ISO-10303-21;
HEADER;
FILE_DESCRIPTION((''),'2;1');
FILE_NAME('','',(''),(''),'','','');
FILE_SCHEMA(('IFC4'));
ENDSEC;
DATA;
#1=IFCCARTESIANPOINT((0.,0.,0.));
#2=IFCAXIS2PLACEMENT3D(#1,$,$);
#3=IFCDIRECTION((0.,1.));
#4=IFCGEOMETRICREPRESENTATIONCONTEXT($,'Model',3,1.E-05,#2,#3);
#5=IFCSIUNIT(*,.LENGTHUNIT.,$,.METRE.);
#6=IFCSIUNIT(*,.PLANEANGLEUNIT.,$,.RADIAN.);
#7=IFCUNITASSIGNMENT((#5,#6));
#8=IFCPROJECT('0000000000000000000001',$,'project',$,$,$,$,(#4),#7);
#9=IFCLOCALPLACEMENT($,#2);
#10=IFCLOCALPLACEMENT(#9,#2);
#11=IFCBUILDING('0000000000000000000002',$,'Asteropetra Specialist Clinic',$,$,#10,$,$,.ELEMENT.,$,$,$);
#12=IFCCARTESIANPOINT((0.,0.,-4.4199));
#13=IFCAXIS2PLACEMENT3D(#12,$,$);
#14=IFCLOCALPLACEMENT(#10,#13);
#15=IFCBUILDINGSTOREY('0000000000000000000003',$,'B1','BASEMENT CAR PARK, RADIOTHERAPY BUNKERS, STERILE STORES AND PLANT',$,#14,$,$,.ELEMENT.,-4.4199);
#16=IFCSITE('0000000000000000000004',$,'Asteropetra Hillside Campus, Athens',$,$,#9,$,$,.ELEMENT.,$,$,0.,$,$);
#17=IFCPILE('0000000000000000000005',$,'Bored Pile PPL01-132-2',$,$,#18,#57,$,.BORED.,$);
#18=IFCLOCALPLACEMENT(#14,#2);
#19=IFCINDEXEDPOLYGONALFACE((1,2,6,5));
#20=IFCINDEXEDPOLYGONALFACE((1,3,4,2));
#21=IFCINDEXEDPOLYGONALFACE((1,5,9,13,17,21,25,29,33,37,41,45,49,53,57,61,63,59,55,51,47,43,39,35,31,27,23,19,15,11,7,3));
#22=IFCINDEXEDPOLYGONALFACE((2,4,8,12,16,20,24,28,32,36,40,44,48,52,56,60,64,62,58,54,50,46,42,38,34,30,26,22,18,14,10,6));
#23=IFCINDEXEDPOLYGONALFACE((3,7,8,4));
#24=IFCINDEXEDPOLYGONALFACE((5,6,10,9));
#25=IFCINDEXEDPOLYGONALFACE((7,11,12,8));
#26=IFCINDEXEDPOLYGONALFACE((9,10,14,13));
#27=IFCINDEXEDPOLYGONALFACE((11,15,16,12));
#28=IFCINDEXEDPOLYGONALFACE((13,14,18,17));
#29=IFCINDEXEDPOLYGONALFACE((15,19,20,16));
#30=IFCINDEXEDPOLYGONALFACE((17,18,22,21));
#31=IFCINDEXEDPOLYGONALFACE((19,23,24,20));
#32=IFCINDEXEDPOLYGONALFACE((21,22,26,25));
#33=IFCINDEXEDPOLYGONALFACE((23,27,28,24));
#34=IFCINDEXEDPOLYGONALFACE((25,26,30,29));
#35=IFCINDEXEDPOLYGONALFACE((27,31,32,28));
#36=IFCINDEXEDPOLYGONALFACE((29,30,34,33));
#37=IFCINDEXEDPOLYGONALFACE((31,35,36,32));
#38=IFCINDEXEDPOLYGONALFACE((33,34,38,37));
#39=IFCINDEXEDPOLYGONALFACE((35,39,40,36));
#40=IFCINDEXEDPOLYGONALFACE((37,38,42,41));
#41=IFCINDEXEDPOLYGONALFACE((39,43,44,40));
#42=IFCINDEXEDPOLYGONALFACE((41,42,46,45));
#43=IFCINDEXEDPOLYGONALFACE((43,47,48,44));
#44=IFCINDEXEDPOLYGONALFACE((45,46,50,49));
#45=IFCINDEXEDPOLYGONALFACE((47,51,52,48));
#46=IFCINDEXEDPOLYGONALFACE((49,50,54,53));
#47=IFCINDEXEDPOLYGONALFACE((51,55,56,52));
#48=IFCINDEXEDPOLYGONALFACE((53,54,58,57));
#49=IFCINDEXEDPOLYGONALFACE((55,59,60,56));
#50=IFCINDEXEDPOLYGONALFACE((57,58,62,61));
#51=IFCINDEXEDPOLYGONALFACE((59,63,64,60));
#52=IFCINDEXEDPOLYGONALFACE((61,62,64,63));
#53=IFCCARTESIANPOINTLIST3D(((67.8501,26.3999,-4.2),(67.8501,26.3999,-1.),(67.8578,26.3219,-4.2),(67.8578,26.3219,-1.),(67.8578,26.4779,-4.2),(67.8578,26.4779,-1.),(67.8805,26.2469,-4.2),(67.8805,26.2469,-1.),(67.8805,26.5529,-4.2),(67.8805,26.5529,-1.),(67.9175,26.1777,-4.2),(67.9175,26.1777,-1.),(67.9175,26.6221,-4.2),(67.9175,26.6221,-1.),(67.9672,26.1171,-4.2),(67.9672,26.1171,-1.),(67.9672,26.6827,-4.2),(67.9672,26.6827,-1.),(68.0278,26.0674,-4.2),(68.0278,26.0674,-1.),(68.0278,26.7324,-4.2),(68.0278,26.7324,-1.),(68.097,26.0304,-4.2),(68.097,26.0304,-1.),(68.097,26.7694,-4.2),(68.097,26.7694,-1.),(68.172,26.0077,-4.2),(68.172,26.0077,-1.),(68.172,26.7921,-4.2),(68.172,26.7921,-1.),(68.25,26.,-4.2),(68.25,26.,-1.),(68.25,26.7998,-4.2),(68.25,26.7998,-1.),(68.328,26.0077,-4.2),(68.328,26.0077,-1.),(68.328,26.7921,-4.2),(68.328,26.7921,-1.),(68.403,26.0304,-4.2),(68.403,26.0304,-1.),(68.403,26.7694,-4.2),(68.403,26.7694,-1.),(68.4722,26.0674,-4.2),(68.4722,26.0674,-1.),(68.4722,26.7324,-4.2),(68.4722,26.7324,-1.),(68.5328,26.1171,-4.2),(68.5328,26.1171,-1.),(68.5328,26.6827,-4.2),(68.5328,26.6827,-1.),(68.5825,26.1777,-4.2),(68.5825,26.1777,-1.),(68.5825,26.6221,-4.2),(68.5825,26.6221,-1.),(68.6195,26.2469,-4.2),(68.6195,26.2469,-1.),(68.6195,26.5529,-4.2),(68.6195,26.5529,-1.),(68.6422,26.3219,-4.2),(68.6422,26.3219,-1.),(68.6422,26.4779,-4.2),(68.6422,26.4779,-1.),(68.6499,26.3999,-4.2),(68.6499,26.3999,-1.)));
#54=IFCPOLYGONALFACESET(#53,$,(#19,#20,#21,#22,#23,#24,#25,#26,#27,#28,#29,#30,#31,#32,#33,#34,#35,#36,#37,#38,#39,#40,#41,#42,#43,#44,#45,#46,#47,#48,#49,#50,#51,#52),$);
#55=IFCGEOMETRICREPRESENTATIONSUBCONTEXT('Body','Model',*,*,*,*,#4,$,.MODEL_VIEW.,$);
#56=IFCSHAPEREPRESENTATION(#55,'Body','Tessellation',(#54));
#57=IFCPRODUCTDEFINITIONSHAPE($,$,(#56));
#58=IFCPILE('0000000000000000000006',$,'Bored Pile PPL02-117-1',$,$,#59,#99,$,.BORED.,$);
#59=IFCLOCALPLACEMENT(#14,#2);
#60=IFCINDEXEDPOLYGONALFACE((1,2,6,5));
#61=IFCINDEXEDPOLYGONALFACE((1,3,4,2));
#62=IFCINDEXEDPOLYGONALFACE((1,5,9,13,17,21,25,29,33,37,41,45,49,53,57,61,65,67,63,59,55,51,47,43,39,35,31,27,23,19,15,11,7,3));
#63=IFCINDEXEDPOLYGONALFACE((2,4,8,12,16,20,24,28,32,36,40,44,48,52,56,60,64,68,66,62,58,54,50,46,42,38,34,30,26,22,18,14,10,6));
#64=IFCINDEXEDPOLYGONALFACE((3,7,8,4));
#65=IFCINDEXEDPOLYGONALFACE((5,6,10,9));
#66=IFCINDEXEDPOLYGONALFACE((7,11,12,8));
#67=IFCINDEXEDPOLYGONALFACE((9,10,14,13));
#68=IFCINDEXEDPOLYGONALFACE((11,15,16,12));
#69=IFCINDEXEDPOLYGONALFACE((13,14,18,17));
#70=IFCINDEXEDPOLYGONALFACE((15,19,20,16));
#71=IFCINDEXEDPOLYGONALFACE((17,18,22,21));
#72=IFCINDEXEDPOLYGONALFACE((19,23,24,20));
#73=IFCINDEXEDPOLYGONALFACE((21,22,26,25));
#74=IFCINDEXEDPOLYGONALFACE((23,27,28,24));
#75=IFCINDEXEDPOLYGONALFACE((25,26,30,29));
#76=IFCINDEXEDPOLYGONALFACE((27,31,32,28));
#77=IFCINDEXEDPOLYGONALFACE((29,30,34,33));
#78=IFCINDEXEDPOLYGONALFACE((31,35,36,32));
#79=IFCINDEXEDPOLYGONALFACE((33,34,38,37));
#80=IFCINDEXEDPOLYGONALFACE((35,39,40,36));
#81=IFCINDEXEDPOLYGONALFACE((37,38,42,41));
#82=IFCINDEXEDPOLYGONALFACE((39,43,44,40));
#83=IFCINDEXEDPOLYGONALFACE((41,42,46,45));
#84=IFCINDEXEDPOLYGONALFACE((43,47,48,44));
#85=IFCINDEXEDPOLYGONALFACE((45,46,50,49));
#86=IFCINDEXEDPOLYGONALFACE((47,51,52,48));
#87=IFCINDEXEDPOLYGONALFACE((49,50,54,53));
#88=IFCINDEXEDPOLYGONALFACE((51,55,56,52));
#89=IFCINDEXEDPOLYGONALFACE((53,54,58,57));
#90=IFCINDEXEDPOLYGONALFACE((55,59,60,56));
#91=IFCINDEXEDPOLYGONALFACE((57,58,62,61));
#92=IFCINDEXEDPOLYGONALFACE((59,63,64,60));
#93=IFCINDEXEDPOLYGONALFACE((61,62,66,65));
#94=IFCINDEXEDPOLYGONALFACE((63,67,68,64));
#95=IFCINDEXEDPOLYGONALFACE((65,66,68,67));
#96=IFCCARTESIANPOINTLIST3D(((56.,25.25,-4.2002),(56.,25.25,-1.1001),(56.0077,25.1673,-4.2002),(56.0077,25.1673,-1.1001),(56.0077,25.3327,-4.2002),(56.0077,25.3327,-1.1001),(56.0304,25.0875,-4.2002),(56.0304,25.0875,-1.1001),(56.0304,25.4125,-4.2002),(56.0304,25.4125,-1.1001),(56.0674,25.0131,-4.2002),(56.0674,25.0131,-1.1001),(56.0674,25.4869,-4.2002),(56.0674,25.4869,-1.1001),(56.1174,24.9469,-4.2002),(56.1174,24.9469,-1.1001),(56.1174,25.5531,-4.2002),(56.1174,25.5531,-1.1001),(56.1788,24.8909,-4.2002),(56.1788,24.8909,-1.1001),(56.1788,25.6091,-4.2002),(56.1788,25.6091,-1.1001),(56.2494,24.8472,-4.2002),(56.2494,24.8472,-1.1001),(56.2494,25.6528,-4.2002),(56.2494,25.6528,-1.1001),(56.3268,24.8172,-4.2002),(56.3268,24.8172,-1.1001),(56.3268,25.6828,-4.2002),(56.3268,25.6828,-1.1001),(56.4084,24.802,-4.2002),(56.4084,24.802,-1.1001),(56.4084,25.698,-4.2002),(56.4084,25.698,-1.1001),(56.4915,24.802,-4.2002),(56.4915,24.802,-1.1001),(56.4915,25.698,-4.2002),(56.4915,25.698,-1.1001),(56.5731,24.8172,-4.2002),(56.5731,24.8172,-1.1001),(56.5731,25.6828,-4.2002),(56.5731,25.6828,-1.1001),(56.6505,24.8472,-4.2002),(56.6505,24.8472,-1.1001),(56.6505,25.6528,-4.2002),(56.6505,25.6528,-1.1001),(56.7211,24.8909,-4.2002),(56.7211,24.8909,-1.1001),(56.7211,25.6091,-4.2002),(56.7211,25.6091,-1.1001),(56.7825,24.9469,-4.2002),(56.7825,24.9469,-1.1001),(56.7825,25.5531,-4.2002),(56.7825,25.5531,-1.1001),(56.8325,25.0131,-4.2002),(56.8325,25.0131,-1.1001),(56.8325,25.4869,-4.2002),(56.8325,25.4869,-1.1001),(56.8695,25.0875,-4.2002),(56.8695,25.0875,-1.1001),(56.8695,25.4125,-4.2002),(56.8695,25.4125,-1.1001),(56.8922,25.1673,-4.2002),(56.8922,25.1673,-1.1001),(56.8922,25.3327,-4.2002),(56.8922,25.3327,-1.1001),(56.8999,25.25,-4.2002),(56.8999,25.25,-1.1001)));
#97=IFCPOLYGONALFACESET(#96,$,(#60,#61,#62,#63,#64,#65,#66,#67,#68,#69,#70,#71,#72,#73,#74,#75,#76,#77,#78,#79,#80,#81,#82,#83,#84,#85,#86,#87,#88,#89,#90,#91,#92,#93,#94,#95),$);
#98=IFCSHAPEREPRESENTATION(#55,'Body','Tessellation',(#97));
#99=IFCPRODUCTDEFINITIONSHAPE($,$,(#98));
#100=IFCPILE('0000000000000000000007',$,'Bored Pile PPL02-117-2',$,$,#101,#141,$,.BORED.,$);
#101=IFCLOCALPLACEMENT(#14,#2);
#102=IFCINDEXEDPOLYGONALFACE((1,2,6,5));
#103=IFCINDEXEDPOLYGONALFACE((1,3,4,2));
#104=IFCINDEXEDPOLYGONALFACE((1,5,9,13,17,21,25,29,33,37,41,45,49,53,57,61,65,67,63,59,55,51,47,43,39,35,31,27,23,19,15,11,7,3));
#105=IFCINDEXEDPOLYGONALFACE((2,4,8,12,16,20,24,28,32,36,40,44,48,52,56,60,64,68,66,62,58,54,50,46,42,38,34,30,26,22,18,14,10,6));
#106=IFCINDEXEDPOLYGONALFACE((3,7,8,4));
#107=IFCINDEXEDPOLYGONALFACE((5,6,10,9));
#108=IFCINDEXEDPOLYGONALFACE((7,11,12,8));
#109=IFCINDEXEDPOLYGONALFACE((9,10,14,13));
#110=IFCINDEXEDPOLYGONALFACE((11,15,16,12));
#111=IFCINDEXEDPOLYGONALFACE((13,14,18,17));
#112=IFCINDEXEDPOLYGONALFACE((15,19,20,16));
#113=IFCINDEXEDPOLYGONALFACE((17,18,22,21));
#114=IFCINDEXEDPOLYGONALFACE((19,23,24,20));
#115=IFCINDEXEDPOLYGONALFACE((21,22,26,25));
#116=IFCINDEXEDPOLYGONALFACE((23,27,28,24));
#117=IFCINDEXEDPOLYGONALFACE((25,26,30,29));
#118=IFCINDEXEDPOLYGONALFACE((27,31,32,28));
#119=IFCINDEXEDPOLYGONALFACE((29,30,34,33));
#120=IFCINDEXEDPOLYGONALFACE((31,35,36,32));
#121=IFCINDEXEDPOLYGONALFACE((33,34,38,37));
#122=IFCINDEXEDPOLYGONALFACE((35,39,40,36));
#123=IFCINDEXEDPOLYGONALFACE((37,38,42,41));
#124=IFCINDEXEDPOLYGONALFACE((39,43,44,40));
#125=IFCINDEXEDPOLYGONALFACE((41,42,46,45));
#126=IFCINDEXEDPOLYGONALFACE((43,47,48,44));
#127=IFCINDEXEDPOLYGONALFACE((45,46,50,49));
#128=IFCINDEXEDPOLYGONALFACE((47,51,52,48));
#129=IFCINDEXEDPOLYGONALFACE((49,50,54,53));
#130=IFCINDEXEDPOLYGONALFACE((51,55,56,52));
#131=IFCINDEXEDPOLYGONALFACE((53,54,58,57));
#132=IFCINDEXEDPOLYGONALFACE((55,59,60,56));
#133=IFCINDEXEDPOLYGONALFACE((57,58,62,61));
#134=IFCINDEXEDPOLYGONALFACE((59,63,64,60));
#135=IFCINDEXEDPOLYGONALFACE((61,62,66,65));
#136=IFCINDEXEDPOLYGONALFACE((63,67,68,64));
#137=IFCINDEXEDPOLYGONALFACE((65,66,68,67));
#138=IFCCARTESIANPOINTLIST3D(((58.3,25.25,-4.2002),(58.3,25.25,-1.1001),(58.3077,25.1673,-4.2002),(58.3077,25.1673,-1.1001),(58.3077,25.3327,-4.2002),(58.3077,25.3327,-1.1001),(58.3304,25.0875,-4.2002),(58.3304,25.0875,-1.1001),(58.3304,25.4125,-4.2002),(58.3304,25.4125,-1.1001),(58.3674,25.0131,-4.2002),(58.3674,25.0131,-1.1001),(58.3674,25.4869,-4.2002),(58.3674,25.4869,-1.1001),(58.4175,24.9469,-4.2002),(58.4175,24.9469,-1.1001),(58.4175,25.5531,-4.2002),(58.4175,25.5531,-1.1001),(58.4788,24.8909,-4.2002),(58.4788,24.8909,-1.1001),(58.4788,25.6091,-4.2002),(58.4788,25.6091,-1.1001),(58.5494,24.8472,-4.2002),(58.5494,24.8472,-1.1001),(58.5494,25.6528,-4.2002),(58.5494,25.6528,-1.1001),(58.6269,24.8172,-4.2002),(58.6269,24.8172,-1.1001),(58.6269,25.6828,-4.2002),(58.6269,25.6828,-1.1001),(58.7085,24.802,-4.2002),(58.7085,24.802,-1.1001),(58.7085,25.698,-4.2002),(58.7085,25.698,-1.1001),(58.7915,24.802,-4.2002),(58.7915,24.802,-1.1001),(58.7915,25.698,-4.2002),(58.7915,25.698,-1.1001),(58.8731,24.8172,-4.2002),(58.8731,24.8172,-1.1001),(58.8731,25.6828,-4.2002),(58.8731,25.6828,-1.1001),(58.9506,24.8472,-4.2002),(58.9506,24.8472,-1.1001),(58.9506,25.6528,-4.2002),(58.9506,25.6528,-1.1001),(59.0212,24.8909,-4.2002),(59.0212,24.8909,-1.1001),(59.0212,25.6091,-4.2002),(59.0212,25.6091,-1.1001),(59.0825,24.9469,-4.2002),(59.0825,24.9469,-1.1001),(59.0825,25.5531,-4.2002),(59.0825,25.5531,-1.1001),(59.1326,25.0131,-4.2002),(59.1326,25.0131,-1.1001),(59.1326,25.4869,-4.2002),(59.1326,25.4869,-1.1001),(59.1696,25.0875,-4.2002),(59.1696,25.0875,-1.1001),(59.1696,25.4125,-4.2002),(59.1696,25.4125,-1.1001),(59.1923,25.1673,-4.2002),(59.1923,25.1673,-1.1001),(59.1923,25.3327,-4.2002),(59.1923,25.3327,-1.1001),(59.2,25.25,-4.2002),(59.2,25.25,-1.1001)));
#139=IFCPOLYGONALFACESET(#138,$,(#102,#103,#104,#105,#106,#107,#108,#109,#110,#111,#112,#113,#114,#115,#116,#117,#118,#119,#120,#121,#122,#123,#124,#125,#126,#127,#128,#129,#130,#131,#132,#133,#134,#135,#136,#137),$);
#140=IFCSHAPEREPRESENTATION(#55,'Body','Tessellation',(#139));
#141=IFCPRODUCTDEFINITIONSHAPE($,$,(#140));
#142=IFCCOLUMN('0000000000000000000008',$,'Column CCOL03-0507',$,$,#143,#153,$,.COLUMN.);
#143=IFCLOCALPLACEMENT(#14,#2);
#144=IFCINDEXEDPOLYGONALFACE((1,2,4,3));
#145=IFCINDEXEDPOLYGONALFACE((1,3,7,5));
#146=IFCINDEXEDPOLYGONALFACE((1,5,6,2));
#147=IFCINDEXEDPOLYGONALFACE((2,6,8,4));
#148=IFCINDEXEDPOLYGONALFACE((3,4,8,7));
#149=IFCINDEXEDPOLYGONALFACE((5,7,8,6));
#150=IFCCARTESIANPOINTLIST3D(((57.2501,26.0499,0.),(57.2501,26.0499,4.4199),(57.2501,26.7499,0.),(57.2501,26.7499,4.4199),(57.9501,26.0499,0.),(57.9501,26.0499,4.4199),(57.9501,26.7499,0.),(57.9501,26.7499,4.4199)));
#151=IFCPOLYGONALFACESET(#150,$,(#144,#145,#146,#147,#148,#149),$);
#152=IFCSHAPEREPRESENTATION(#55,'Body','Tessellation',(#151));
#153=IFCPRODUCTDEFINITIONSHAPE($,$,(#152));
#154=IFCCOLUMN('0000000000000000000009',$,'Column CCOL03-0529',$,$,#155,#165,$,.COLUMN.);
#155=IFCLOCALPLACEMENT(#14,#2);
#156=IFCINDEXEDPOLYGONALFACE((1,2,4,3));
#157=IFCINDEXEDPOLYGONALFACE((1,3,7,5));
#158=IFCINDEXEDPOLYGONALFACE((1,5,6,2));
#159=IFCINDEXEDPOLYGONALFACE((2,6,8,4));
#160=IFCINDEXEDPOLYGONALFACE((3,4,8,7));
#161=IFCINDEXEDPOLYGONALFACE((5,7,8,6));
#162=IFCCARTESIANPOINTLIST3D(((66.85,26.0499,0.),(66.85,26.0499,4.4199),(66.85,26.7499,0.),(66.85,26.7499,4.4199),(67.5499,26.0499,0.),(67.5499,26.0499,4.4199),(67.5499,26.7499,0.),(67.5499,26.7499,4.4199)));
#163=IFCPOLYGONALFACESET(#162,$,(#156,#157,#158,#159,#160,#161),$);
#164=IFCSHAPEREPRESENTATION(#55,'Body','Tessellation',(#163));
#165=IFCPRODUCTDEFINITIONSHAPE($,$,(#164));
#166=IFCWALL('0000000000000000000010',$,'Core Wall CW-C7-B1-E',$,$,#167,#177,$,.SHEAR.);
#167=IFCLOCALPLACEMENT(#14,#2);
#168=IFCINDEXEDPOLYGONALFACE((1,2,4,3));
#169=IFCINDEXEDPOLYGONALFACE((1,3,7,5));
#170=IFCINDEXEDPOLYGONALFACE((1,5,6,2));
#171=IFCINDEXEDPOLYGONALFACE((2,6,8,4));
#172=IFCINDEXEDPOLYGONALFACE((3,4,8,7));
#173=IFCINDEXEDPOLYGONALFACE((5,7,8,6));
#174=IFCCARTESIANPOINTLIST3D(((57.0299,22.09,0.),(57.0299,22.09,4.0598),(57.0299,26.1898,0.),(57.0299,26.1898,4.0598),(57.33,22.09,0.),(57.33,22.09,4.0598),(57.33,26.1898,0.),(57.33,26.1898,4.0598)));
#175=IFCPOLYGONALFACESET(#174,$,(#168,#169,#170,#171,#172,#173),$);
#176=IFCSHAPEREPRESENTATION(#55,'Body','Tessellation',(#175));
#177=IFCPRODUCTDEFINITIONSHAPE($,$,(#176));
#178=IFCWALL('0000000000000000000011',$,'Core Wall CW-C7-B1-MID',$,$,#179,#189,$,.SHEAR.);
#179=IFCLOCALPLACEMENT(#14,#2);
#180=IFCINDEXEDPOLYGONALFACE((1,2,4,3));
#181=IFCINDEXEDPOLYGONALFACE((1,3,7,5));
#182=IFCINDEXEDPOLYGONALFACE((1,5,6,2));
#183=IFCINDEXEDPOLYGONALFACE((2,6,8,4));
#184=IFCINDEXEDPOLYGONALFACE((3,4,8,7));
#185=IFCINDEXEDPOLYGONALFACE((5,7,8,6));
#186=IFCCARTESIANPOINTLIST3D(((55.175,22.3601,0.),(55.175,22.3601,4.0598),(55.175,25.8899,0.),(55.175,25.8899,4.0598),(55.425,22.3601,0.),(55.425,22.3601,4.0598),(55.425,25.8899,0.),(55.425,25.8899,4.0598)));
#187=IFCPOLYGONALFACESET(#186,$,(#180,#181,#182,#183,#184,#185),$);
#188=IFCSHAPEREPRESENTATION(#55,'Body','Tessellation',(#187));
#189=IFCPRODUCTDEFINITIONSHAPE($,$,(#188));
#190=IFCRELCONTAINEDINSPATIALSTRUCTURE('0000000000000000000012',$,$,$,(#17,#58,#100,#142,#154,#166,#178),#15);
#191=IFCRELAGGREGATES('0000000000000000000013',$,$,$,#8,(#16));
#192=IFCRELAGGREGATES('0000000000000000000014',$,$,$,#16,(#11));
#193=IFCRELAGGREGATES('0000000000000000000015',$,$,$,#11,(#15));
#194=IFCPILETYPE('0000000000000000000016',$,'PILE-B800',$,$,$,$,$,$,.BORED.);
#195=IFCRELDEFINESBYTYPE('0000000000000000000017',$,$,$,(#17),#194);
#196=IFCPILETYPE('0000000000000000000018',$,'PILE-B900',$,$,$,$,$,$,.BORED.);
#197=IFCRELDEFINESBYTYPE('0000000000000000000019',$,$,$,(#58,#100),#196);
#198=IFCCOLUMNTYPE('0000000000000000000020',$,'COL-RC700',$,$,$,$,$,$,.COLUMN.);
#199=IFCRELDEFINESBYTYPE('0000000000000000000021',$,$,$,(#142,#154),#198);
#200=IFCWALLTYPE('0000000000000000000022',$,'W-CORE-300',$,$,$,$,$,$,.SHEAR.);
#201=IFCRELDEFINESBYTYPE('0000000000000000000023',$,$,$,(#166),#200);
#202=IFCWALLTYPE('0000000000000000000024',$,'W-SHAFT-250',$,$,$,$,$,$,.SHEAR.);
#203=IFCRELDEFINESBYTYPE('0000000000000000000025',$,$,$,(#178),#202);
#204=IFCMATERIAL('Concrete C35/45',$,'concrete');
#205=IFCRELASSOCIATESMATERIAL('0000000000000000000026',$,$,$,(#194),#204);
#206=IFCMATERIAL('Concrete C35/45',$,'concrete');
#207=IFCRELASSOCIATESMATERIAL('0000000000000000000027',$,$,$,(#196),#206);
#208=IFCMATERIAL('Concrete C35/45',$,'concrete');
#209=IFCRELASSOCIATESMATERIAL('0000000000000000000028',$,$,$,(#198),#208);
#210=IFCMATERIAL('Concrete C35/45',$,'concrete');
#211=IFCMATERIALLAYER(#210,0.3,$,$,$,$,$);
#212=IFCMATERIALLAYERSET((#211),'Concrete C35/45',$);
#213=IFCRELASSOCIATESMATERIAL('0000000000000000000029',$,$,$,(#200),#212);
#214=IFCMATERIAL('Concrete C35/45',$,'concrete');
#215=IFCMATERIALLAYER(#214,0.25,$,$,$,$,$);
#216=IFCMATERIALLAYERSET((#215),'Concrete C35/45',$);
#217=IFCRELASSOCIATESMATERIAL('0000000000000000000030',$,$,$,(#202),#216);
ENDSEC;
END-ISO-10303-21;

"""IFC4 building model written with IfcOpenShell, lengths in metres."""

from ifc_helpers import new_model, si_unit, direction, frame, frame_2d, origin, origin_2d, place, context, subcontext, project, spatial, rectangle, circle, extrude, material, layer, layer_set, material_profile, profile_set, type_object, element, save


model = new_model("IFC4")

# Units and contexts
model_context = context("Model", 3, precision=1e-05, world=origin(), true_north=direction((0.0, 1.0)))
body_context = subcontext(model_context, "Body", "Model", "MODEL_VIEW")
ifc_project = project(units=[si_unit("LENGTHUNIT", "METRE"), si_unit("PLANEANGLEUNIT", "RADIAN")], contexts=[model_context])

# Site, building, storey
site_placement = place(None, origin())
site = spatial("IfcSite", under=ifc_project, at=site_placement, Name="Asteropetra Hillside Campus, Athens", CompositionType="ELEMENT", RefElevation=0.0)
building_placement = place(site_placement, origin())
building = spatial("IfcBuilding", under=site, at=building_placement, Name="Asteropetra Specialist Clinic", CompositionType="ELEMENT")
storey_placement = place(building_placement, frame((0.0, 0.0, -4.4199)))
storey = spatial("IfcBuildingStorey", under=building, at=storey_placement, Name="B1", Description="BASEMENT CAR PARK, RADIOTHERAPY BUNKERS, STERILE STORES AND PLANT", CompositionType="ELEMENT", Elevation=-4.4199)

# Piles
ifc_material_1 = material(Name="Concrete C35/45", Category="concrete")
ifc_material_profile_1 = material_profile(ifc_material_1, circle(Radius=0.3999, at=origin_2d()), Name="PILE D800")
ifc_profile_set_1 = profile_set([ifc_material_profile_1], Name="Concrete C35/45")
pile_type_1 = type_object("IfcPileType", Name="PILE-B800", PredefinedType="BORED", material=ifc_profile_set_1)
for number, where, z_axis, x_axis, name in (
    (1, (68.25, 26.3999, -1.0), (0.0, 0.0, -1.0), (1.0, 0.0, 0.0), "Bored Pile PPL01-132-2"),
):
    element("IfcPile", number, at=place(storey_placement, frame(where, z_axis=z_axis, x_axis=x_axis)), inside=storey, type_object=pile_type_1, Name=name, PredefinedType="BORED", context=body_context, shape_type="SweptSolid", body=[
        extrude(circle(Radius=0.3999, at=origin_2d()), origin(), (0.0, 0.0, 1.0), 3.2),
    ])
ifc_material_2 = material(Name="Concrete C35/45", Category="concrete")
ifc_material_profile_2 = material_profile(ifc_material_2, circle(Radius=0.45, at=origin_2d()), Name="PILE D900")
ifc_profile_set_2 = profile_set([ifc_material_profile_2], Name="Concrete C35/45")
pile_type_2 = type_object("IfcPileType", Name="PILE-B900", PredefinedType="BORED", material=ifc_profile_set_2)
for number, where, z_axis, x_axis, name in (
    (2, (56.45, 25.25, -1.1001), (0.0, 0.0, -1.0), (1.0, 0.0, 0.0), "Bored Pile PPL02-117-1"),
    (3, (58.75, 25.25, -1.1001), (0.0, 0.0, -1.0), (1.0, 0.0, 0.0), "Bored Pile PPL02-117-2"),
):
    element("IfcPile", number, at=place(storey_placement, frame(where, z_axis=z_axis, x_axis=x_axis)), inside=storey, type_object=pile_type_2, Name=name, PredefinedType="BORED", context=body_context, shape_type="SweptSolid", body=[
        extrude(circle(Radius=0.45, at=origin_2d()), origin(), (0.0, 0.0, 1.0), 3.1001),
    ])

# Columns
ifc_material_3 = material(Name="Concrete C35/45", Category="concrete")
ifc_material_profile_3 = material_profile(ifc_material_3, rectangle(XDim=0.7, YDim=0.7, at=origin_2d()), Name="RC 700x700")
ifc_profile_set_3 = profile_set([ifc_material_profile_3], Name="Concrete C35/45")
column_type = type_object("IfcColumnType", Name="COL-RC700", PredefinedType="COLUMN", material=ifc_profile_set_3)
for number, where, z_axis, x_axis, name in (
    (4, (57.6001, 26.3999, 0.0), (0.0, 0.0, 1.0), (1.0, 0.0, 0.0), "Column CCOL03-0507"),
    (5, (67.2, 26.3999, 0.0), (0.0, 0.0, 1.0), (1.0, 0.0, 0.0), "Column CCOL03-0529"),
):
    element("IfcColumn", number, at=place(storey_placement, frame(where, z_axis=z_axis, x_axis=x_axis)), inside=storey, type_object=column_type, Name=name, PredefinedType="COLUMN", context=body_context, shape_type="SweptSolid", body=[
        extrude(rectangle(XDim=0.7, YDim=0.7, at=origin_2d()), origin(), (0.0, 0.0, 1.0), 4.4199),
    ])

# Walls
ifc_material_4 = material(Name="Concrete C35/45", Category="concrete")
ifc_layer_1 = layer(ifc_material_4, 0.3)
ifc_layer_set_1 = layer_set([ifc_layer_1], Name="Concrete C35/45")
wall_type_1 = type_object("IfcWallType", Name="W-CORE-300", PredefinedType="SHEAR", material=ifc_layer_set_1)
wall_1_placement = place(storey_placement, frame((57.1799, 22.0901, 0.0), z_axis=(0.0, 0.0, 1.0), x_axis=(0.0, 1.0, 0.0)))
element("IfcWall", 6, at=wall_1_placement, inside=storey, type_object=wall_type_1, Name="Core Wall CW-C7-B1-E", PredefinedType="SHEAR", context=body_context, shape_type="SweptSolid", body=[
    extrude(rectangle(XDim=4.0999, YDim=0.3, at=frame_2d((2.0498, 0.0))), origin(), (0.0, 0.0, 1.0), 4.0598),
])
ifc_material_5 = material(Name="Concrete C35/45", Category="concrete")
ifc_layer_2 = layer(ifc_material_5, 0.25)
ifc_layer_set_2 = layer_set([ifc_layer_2], Name="Concrete C35/45")
wall_type_2 = type_object("IfcWallType", Name="W-SHAFT-250", PredefinedType="SHEAR", material=ifc_layer_set_2)
wall_2_placement = place(storey_placement, frame((55.3, 22.3601, 0.0), z_axis=(0.0, 0.0, 1.0), x_axis=(0.0, 1.0, 0.0)))
element("IfcWall", 7, at=wall_2_placement, inside=storey, type_object=wall_type_2, Name="Core Wall CW-C7-B1-MID", PredefinedType="SHEAR", context=body_context, shape_type="SweptSolid", body=[
    extrude(rectangle(XDim=3.5298, YDim=0.25, at=frame_2d((1.7649, 0.0))), origin(), (0.0, 0.0, 1.0), 4.0598),
])

save(model, "model.ifc")
